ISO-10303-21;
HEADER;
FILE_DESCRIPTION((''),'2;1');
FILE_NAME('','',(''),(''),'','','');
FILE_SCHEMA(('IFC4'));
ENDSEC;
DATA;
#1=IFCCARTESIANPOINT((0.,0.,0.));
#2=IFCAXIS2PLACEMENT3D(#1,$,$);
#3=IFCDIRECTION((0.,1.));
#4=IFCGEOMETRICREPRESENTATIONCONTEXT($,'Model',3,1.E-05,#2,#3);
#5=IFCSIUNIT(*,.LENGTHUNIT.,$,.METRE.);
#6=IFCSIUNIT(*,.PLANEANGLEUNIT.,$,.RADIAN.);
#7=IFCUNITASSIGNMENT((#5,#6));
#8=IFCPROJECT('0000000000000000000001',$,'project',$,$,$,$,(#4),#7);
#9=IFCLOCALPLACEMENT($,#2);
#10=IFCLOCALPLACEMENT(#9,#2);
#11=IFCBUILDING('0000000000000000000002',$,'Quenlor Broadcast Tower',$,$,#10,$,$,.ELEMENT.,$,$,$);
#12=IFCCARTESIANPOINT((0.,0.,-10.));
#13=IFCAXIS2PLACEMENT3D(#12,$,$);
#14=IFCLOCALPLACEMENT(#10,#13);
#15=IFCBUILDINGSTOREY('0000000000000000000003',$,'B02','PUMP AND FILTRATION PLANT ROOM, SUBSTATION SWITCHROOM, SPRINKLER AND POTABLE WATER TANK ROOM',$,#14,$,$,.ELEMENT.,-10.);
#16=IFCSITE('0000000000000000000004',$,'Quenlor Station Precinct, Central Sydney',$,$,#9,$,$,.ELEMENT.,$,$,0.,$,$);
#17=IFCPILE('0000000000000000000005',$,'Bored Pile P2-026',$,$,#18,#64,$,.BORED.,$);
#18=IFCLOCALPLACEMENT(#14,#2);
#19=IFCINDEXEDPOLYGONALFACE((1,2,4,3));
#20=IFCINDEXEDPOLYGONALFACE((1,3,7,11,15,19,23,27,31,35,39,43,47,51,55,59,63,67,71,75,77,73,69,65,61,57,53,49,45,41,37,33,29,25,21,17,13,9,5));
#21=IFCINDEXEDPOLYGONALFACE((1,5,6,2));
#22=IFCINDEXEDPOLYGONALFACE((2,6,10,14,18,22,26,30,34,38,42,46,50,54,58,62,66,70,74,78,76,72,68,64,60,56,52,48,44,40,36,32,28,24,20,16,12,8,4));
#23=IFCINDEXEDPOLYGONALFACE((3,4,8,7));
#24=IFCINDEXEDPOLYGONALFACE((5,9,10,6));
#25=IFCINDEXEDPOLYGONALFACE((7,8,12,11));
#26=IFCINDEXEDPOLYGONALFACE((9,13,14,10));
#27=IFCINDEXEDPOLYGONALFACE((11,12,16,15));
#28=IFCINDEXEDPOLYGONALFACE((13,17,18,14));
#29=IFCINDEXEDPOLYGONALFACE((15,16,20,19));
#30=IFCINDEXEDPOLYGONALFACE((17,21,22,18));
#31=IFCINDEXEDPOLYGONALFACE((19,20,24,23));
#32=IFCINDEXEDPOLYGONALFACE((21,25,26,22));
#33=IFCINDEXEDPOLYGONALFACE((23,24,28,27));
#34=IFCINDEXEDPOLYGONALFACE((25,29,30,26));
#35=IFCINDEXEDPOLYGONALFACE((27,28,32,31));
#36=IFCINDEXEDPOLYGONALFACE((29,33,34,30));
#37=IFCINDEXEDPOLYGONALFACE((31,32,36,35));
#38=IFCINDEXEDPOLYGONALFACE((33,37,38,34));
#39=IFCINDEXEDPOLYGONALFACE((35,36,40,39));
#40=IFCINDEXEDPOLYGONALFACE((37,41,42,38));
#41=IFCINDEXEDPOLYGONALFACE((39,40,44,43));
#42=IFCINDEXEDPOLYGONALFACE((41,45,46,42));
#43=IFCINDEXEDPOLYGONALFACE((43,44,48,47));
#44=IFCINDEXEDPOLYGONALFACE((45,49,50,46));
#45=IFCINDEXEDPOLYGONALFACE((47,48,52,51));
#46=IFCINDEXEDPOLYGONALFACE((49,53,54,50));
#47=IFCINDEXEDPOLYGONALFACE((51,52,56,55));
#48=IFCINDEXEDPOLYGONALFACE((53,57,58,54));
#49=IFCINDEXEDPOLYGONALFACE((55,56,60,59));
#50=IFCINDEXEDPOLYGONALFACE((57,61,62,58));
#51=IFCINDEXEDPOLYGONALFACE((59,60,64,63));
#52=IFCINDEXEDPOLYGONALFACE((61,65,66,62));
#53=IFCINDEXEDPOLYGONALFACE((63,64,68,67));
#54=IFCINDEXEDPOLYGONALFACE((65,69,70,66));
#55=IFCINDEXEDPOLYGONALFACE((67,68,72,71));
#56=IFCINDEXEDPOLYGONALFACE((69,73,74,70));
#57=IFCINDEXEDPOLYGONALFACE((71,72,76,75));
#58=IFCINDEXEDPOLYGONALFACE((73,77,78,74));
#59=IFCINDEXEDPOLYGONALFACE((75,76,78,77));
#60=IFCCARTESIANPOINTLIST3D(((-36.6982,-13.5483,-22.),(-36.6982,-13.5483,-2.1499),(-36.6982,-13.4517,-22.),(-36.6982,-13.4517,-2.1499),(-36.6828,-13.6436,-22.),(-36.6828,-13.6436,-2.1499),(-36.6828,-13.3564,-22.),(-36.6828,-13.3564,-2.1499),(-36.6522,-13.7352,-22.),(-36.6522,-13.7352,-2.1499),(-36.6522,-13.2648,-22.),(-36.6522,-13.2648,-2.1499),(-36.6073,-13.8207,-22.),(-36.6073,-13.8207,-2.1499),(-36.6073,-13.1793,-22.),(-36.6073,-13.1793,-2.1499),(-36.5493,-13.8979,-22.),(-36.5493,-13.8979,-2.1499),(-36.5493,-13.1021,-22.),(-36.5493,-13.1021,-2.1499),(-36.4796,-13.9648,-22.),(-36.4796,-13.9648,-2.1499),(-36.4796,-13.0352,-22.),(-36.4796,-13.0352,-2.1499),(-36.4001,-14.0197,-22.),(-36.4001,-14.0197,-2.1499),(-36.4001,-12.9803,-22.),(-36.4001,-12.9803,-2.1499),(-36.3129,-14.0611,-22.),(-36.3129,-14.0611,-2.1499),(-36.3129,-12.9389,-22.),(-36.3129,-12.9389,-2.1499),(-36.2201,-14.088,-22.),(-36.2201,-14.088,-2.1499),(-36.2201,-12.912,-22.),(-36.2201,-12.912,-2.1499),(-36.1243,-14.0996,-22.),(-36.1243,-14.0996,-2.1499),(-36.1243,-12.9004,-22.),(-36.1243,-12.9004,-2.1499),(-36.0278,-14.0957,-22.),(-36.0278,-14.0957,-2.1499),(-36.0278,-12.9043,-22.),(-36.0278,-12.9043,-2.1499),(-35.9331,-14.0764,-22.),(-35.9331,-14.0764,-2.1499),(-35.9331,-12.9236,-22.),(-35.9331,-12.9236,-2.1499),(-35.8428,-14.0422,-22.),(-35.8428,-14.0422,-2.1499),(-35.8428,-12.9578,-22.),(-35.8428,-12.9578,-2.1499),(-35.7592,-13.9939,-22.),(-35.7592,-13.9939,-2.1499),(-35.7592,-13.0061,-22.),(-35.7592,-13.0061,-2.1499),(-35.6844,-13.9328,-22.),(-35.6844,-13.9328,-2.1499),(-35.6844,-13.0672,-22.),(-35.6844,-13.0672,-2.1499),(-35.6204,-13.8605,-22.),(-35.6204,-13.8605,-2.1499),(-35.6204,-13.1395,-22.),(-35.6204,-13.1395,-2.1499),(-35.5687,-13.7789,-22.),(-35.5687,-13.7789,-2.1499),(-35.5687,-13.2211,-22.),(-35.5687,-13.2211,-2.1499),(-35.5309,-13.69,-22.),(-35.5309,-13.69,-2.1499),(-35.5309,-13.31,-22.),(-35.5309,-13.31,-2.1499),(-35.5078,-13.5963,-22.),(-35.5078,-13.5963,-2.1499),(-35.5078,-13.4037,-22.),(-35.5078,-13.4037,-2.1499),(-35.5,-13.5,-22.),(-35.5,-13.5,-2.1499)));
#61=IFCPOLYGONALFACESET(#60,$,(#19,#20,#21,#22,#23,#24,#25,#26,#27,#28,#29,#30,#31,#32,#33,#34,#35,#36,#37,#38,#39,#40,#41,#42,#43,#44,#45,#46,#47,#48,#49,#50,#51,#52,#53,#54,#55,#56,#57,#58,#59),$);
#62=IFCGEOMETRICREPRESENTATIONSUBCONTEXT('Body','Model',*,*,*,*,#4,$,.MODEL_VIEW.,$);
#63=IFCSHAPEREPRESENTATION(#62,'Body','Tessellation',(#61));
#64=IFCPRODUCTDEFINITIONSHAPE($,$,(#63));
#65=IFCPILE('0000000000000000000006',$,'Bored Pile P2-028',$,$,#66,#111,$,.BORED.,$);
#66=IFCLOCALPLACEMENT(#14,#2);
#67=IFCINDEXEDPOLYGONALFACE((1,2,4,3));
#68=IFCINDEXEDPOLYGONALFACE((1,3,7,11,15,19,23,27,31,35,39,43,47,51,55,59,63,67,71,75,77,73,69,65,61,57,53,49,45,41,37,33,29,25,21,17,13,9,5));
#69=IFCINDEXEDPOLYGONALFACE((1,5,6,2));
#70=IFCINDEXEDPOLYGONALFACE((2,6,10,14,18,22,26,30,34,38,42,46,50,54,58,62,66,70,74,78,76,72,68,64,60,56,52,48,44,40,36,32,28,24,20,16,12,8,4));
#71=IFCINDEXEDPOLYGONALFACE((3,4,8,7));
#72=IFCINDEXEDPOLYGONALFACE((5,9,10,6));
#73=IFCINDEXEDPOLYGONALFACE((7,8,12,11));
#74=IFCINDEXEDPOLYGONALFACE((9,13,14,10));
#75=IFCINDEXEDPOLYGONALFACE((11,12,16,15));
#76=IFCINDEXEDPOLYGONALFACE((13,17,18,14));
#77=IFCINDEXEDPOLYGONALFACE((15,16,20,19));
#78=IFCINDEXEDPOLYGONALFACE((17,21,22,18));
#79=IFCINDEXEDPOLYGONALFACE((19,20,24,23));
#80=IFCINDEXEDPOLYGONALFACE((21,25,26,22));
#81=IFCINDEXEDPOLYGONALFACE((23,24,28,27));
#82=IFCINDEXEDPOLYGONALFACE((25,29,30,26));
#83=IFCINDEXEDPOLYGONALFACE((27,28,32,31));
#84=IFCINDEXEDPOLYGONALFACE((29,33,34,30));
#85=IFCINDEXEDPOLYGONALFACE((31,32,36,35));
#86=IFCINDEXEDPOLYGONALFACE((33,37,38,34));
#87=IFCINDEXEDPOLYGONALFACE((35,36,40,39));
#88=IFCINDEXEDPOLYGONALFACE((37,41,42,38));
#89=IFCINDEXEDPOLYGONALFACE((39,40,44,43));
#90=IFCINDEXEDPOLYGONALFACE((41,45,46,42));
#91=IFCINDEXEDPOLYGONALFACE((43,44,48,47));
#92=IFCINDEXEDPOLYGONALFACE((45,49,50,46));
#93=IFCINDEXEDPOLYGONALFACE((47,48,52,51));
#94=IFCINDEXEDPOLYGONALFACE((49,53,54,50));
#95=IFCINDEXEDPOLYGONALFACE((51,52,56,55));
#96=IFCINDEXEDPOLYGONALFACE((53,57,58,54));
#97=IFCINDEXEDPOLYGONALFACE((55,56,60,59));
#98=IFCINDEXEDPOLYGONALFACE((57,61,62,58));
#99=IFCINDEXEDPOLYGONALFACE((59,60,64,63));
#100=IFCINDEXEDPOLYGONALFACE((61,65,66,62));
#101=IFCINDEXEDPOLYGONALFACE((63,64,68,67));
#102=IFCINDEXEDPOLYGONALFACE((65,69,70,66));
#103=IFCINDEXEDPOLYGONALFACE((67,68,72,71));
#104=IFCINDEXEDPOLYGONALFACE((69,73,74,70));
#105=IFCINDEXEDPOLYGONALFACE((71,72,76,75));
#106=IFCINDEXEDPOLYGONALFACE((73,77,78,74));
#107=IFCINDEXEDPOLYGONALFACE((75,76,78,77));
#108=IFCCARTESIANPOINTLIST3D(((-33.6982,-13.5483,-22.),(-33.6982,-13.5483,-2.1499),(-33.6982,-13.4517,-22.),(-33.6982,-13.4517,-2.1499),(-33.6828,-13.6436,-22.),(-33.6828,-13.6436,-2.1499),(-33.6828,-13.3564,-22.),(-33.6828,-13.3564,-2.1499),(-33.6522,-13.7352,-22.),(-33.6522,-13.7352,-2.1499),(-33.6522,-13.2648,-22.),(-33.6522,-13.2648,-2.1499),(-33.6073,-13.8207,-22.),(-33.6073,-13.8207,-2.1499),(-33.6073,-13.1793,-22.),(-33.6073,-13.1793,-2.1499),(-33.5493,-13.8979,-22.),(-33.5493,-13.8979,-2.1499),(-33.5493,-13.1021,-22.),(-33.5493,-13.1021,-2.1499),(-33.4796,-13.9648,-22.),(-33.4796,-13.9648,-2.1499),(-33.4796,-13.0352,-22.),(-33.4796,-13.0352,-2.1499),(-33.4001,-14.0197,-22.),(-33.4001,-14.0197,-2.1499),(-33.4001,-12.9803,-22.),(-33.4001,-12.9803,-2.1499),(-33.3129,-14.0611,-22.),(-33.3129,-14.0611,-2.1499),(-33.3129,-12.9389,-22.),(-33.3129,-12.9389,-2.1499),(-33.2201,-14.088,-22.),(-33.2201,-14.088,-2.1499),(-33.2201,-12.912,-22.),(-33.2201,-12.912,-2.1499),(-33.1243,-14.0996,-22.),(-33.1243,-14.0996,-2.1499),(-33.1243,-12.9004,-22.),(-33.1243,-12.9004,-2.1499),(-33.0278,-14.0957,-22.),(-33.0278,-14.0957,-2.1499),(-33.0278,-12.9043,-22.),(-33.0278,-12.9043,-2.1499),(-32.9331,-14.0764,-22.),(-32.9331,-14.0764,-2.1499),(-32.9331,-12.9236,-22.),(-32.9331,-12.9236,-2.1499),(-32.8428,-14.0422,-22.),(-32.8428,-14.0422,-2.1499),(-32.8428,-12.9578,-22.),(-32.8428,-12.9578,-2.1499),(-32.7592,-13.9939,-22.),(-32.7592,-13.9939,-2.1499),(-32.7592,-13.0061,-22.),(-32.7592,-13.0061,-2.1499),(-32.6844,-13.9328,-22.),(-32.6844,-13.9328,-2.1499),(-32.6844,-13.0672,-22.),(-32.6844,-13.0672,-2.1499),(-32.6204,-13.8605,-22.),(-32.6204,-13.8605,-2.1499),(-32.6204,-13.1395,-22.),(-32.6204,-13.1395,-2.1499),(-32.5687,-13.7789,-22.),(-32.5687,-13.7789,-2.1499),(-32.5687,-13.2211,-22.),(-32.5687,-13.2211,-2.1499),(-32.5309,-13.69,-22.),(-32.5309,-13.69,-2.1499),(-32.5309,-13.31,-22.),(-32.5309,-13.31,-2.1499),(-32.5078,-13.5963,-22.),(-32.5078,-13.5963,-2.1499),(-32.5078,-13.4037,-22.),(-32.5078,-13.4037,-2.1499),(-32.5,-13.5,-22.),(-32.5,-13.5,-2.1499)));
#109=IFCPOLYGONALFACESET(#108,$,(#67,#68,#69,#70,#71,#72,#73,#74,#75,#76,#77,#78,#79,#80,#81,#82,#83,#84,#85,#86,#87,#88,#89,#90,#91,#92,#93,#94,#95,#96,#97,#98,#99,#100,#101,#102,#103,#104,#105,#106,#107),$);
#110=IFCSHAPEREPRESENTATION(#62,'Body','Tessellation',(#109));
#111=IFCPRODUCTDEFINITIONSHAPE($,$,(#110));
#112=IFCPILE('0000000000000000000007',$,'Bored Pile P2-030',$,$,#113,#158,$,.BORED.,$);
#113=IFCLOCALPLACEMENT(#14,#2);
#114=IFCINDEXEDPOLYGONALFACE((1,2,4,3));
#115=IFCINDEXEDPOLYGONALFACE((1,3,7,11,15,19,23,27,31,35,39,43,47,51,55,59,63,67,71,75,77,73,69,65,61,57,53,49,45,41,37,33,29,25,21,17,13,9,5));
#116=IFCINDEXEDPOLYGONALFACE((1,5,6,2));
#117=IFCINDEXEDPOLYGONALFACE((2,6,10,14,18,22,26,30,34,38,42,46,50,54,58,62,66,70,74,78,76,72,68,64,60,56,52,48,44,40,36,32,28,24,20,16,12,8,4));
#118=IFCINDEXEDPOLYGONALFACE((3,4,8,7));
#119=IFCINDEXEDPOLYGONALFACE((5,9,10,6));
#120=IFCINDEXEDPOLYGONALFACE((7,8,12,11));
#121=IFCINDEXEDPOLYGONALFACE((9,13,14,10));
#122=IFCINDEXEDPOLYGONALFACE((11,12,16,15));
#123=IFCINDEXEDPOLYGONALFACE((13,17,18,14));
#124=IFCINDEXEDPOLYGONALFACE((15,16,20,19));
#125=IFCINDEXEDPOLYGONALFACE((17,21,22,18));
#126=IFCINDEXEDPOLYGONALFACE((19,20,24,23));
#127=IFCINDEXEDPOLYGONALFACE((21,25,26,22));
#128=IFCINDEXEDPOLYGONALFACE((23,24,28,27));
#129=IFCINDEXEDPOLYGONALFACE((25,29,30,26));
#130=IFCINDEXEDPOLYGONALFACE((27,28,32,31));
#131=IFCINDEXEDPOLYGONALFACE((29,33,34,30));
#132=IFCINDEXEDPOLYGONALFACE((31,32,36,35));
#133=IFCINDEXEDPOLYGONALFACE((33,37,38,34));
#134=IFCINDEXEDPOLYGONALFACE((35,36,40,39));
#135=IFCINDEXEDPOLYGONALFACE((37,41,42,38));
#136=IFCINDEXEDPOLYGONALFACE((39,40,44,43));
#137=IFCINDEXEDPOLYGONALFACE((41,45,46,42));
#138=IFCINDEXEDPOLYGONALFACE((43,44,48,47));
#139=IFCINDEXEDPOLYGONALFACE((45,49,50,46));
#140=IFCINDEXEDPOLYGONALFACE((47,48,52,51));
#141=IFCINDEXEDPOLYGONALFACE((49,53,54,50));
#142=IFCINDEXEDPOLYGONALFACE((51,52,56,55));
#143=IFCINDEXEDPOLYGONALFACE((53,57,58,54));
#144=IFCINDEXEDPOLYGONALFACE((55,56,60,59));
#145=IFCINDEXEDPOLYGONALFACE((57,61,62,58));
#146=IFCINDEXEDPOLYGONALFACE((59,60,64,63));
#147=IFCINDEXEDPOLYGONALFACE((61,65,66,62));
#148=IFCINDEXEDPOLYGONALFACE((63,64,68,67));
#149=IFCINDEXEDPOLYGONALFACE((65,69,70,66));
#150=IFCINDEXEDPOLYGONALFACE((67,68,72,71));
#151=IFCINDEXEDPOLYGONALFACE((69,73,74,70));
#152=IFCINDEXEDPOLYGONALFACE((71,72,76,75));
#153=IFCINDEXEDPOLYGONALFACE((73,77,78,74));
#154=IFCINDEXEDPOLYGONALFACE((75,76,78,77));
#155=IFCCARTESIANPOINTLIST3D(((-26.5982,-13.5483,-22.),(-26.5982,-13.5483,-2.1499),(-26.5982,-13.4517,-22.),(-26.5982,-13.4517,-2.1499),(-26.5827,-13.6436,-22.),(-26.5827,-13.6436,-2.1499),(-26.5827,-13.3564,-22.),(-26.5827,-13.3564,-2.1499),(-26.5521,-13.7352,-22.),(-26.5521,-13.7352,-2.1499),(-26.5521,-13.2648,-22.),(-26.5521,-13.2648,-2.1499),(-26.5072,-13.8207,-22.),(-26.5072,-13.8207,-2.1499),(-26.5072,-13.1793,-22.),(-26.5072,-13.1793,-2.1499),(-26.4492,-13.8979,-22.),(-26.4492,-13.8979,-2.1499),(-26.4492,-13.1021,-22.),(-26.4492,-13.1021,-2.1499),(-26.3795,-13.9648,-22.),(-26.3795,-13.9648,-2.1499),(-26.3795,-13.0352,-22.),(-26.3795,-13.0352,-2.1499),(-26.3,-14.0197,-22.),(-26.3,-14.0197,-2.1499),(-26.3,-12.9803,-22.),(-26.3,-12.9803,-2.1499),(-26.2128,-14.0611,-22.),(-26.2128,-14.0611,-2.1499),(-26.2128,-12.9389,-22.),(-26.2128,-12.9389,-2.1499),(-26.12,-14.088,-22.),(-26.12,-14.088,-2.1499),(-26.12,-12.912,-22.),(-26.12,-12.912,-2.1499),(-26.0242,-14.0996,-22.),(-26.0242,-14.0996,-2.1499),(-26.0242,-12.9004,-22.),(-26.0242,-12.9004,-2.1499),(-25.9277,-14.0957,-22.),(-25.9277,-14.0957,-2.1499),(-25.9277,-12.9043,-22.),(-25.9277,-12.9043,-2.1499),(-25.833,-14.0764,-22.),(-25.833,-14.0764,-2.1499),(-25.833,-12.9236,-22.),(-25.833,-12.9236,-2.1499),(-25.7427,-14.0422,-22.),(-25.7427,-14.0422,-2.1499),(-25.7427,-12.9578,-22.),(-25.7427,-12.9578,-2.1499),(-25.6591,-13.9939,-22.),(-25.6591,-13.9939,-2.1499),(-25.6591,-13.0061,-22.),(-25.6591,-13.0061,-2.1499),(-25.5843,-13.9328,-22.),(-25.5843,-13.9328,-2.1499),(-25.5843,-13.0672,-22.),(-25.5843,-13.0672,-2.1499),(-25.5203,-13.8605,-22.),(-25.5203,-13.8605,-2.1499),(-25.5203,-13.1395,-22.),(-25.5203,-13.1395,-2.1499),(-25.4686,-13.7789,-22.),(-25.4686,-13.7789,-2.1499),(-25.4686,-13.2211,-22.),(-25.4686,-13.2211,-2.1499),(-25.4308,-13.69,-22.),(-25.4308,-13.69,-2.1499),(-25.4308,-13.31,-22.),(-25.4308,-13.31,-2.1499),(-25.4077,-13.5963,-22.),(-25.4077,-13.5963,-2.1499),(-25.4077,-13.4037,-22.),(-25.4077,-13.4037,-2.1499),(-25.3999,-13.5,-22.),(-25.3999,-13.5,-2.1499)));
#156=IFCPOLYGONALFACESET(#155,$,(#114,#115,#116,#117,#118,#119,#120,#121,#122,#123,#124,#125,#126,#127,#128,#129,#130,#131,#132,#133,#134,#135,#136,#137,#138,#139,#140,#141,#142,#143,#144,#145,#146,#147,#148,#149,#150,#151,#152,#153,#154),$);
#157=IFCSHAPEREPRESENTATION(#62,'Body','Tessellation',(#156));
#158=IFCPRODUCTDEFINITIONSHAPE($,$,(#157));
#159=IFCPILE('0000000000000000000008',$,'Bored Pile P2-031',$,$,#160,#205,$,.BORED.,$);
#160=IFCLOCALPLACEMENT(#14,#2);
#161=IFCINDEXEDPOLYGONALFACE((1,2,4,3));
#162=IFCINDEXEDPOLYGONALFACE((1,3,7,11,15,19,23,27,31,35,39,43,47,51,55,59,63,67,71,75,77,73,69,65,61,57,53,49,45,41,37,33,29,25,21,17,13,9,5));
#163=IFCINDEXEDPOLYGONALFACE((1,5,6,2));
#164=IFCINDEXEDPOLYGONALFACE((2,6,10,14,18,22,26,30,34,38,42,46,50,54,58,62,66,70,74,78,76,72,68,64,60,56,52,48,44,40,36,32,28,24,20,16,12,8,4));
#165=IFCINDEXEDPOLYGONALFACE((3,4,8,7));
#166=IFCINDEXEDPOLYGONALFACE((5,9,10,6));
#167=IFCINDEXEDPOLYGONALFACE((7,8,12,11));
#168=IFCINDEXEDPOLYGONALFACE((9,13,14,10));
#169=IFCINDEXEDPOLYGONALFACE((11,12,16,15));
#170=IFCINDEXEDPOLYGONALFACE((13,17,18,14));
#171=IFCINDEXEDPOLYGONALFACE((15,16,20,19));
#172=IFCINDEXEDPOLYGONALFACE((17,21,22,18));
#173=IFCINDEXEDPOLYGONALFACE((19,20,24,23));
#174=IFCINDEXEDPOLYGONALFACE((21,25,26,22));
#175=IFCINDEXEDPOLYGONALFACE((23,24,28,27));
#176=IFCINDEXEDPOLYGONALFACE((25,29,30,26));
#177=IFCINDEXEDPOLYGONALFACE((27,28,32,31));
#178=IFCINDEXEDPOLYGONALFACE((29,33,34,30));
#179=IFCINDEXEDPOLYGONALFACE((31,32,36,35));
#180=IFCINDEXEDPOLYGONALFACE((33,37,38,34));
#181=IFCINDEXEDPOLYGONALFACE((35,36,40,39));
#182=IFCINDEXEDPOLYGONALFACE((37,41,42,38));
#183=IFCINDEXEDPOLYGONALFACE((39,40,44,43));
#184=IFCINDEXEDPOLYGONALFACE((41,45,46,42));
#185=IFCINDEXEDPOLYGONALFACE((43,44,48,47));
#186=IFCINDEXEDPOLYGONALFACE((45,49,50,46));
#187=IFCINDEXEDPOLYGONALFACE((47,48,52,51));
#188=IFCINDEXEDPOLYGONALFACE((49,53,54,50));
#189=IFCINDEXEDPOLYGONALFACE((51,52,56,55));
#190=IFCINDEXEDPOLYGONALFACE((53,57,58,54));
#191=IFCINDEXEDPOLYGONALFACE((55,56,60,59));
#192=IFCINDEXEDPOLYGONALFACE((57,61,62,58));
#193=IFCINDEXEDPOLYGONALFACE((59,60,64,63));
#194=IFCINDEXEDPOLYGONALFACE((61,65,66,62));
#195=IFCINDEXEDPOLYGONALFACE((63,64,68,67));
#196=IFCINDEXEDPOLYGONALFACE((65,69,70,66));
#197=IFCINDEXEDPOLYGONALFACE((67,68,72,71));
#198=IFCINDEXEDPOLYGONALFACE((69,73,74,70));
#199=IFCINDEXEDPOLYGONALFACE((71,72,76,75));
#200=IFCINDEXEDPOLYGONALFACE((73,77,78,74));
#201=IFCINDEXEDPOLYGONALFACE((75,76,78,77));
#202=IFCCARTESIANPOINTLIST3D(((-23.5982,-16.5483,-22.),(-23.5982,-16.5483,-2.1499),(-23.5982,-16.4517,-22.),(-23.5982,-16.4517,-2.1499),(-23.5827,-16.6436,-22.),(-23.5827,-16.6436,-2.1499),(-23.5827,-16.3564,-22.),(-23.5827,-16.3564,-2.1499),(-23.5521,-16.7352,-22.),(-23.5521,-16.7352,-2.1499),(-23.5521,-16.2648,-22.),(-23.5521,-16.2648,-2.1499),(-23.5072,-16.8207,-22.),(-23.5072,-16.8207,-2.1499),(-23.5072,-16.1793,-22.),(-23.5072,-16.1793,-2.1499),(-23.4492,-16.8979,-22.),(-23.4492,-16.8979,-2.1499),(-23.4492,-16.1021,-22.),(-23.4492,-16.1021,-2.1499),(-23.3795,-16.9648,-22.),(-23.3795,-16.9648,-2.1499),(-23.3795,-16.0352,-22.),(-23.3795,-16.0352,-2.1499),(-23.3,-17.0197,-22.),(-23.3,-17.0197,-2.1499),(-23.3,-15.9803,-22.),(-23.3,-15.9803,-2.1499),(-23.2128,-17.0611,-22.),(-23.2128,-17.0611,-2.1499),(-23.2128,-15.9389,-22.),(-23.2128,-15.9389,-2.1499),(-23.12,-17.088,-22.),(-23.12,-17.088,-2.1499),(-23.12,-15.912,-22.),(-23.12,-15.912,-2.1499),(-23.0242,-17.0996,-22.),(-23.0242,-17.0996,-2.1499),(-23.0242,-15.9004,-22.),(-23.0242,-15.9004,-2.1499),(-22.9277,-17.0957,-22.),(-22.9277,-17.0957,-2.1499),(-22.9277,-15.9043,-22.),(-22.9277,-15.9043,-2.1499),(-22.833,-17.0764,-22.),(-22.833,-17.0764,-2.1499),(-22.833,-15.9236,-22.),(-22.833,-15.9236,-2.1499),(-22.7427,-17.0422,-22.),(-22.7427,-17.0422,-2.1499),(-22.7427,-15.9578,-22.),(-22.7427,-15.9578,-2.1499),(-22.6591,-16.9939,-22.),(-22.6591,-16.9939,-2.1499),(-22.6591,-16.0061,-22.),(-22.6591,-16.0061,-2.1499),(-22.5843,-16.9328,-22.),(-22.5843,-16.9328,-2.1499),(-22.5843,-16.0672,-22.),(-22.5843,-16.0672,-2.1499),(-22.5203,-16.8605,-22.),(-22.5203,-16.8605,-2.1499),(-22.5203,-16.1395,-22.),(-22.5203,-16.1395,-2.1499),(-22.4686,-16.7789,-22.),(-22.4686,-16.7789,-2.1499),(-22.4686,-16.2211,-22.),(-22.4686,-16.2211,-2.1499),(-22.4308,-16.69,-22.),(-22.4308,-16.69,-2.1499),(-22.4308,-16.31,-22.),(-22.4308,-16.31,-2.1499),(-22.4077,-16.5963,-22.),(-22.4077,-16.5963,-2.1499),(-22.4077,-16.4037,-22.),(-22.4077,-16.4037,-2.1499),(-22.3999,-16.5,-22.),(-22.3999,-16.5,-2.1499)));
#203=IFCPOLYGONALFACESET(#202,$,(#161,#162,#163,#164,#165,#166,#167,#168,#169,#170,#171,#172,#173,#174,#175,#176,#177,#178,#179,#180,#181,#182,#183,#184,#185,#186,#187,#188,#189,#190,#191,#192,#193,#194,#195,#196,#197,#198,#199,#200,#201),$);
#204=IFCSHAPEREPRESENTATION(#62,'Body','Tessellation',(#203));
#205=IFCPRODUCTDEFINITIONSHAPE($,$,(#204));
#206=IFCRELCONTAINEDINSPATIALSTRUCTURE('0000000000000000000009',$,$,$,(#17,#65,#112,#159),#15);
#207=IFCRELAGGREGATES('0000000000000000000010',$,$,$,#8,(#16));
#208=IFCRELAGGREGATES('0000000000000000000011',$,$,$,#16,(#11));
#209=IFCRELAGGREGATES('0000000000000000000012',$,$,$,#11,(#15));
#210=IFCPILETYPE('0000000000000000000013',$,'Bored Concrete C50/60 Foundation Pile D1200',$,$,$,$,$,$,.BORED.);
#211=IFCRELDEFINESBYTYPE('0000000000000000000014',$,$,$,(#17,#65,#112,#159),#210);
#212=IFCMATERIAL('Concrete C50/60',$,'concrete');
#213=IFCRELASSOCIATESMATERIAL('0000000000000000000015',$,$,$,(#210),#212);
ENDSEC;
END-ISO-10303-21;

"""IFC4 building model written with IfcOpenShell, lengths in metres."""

from ifc_helpers import new_model, si_unit, direction, frame, origin, origin_2d, place, context, subcontext, project, spatial, circle, extrude, material, material_profile, profile_set, type_object, element, save


model = new_model("IFC4")

# Units and contexts
model_context = context("Model", 3, precision=1e-05, world=origin(), true_north=direction((0.0, 1.0)))
body_context = subcontext(model_context, "Body", "Model", "MODEL_VIEW")
ifc_project = project(units=[si_unit("LENGTHUNIT", "METRE"), si_unit("PLANEANGLEUNIT", "RADIAN")], contexts=[model_context])

# Site, building, storey
site_placement = place(None, origin())
site = spatial("IfcSite", under=ifc_project, at=site_placement, Name="Quenlor Station Precinct, Central Sydney", CompositionType="ELEMENT", RefElevation=0.0)
building_placement = place(site_placement, origin())
building = spatial("IfcBuilding", under=site, at=building_placement, Name="Quenlor Broadcast Tower", CompositionType="ELEMENT")
storey_placement = place(building_placement, frame((0.0, 0.0, -10.0)))
storey = spatial("IfcBuildingStorey", under=building, at=storey_placement, Name="B02", Description="PUMP AND FILTRATION PLANT ROOM, SUBSTATION SWITCHROOM, SPRINKLER AND POTABLE WATER TANK ROOM", CompositionType="ELEMENT", Elevation=-10.0)

# Piles
ifc_material_1 = material(Name="Concrete C50/60", Category="concrete")
ifc_material_profile_1 = material_profile(ifc_material_1, circle(Radius=0.6001, at=origin_2d()))
ifc_profile_set_1 = profile_set([ifc_material_profile_1], Name="Concrete C50/60 PILE1200")
pile_type = type_object("IfcPileType", Name="Bored Concrete C50/60 Foundation Pile D1200", PredefinedType="BORED", material=ifc_profile_set_1)
for number, where, z_axis, x_axis, name in (
    (1, (-36.1001, -13.5, -2.1499), (0.0, 0.0, -1.0), (1.0, 0.0, 0.0), "Bored Pile P2-026"),
    (2, (-33.1001, -13.5, -2.1499), (0.0, 0.0, -1.0), (1.0, 0.0, 0.0), "Bored Pile P2-028"),
    (3, (-26.0, -13.5, -2.1499), (0.0, 0.0, -1.0), (1.0, 0.0, 0.0), "Bored Pile P2-030"),
    (4, (-23.0, -16.5, -2.1499), (0.0, 0.0, -1.0), (1.0, 0.0, 0.0), "Bored Pile P2-031"),
):
    element("IfcPile", number, at=place(storey_placement, frame(where, z_axis=z_axis, x_axis=x_axis)), inside=storey, type_object=pile_type, Name=name, PredefinedType="BORED", context=body_context, shape_type="SweptSolid", body=[
        extrude(circle(Radius=0.6001, at=origin_2d()), origin(), (0.0, 0.0, 1.0), 19.8501),
    ])

save(model, "model.ifc")
